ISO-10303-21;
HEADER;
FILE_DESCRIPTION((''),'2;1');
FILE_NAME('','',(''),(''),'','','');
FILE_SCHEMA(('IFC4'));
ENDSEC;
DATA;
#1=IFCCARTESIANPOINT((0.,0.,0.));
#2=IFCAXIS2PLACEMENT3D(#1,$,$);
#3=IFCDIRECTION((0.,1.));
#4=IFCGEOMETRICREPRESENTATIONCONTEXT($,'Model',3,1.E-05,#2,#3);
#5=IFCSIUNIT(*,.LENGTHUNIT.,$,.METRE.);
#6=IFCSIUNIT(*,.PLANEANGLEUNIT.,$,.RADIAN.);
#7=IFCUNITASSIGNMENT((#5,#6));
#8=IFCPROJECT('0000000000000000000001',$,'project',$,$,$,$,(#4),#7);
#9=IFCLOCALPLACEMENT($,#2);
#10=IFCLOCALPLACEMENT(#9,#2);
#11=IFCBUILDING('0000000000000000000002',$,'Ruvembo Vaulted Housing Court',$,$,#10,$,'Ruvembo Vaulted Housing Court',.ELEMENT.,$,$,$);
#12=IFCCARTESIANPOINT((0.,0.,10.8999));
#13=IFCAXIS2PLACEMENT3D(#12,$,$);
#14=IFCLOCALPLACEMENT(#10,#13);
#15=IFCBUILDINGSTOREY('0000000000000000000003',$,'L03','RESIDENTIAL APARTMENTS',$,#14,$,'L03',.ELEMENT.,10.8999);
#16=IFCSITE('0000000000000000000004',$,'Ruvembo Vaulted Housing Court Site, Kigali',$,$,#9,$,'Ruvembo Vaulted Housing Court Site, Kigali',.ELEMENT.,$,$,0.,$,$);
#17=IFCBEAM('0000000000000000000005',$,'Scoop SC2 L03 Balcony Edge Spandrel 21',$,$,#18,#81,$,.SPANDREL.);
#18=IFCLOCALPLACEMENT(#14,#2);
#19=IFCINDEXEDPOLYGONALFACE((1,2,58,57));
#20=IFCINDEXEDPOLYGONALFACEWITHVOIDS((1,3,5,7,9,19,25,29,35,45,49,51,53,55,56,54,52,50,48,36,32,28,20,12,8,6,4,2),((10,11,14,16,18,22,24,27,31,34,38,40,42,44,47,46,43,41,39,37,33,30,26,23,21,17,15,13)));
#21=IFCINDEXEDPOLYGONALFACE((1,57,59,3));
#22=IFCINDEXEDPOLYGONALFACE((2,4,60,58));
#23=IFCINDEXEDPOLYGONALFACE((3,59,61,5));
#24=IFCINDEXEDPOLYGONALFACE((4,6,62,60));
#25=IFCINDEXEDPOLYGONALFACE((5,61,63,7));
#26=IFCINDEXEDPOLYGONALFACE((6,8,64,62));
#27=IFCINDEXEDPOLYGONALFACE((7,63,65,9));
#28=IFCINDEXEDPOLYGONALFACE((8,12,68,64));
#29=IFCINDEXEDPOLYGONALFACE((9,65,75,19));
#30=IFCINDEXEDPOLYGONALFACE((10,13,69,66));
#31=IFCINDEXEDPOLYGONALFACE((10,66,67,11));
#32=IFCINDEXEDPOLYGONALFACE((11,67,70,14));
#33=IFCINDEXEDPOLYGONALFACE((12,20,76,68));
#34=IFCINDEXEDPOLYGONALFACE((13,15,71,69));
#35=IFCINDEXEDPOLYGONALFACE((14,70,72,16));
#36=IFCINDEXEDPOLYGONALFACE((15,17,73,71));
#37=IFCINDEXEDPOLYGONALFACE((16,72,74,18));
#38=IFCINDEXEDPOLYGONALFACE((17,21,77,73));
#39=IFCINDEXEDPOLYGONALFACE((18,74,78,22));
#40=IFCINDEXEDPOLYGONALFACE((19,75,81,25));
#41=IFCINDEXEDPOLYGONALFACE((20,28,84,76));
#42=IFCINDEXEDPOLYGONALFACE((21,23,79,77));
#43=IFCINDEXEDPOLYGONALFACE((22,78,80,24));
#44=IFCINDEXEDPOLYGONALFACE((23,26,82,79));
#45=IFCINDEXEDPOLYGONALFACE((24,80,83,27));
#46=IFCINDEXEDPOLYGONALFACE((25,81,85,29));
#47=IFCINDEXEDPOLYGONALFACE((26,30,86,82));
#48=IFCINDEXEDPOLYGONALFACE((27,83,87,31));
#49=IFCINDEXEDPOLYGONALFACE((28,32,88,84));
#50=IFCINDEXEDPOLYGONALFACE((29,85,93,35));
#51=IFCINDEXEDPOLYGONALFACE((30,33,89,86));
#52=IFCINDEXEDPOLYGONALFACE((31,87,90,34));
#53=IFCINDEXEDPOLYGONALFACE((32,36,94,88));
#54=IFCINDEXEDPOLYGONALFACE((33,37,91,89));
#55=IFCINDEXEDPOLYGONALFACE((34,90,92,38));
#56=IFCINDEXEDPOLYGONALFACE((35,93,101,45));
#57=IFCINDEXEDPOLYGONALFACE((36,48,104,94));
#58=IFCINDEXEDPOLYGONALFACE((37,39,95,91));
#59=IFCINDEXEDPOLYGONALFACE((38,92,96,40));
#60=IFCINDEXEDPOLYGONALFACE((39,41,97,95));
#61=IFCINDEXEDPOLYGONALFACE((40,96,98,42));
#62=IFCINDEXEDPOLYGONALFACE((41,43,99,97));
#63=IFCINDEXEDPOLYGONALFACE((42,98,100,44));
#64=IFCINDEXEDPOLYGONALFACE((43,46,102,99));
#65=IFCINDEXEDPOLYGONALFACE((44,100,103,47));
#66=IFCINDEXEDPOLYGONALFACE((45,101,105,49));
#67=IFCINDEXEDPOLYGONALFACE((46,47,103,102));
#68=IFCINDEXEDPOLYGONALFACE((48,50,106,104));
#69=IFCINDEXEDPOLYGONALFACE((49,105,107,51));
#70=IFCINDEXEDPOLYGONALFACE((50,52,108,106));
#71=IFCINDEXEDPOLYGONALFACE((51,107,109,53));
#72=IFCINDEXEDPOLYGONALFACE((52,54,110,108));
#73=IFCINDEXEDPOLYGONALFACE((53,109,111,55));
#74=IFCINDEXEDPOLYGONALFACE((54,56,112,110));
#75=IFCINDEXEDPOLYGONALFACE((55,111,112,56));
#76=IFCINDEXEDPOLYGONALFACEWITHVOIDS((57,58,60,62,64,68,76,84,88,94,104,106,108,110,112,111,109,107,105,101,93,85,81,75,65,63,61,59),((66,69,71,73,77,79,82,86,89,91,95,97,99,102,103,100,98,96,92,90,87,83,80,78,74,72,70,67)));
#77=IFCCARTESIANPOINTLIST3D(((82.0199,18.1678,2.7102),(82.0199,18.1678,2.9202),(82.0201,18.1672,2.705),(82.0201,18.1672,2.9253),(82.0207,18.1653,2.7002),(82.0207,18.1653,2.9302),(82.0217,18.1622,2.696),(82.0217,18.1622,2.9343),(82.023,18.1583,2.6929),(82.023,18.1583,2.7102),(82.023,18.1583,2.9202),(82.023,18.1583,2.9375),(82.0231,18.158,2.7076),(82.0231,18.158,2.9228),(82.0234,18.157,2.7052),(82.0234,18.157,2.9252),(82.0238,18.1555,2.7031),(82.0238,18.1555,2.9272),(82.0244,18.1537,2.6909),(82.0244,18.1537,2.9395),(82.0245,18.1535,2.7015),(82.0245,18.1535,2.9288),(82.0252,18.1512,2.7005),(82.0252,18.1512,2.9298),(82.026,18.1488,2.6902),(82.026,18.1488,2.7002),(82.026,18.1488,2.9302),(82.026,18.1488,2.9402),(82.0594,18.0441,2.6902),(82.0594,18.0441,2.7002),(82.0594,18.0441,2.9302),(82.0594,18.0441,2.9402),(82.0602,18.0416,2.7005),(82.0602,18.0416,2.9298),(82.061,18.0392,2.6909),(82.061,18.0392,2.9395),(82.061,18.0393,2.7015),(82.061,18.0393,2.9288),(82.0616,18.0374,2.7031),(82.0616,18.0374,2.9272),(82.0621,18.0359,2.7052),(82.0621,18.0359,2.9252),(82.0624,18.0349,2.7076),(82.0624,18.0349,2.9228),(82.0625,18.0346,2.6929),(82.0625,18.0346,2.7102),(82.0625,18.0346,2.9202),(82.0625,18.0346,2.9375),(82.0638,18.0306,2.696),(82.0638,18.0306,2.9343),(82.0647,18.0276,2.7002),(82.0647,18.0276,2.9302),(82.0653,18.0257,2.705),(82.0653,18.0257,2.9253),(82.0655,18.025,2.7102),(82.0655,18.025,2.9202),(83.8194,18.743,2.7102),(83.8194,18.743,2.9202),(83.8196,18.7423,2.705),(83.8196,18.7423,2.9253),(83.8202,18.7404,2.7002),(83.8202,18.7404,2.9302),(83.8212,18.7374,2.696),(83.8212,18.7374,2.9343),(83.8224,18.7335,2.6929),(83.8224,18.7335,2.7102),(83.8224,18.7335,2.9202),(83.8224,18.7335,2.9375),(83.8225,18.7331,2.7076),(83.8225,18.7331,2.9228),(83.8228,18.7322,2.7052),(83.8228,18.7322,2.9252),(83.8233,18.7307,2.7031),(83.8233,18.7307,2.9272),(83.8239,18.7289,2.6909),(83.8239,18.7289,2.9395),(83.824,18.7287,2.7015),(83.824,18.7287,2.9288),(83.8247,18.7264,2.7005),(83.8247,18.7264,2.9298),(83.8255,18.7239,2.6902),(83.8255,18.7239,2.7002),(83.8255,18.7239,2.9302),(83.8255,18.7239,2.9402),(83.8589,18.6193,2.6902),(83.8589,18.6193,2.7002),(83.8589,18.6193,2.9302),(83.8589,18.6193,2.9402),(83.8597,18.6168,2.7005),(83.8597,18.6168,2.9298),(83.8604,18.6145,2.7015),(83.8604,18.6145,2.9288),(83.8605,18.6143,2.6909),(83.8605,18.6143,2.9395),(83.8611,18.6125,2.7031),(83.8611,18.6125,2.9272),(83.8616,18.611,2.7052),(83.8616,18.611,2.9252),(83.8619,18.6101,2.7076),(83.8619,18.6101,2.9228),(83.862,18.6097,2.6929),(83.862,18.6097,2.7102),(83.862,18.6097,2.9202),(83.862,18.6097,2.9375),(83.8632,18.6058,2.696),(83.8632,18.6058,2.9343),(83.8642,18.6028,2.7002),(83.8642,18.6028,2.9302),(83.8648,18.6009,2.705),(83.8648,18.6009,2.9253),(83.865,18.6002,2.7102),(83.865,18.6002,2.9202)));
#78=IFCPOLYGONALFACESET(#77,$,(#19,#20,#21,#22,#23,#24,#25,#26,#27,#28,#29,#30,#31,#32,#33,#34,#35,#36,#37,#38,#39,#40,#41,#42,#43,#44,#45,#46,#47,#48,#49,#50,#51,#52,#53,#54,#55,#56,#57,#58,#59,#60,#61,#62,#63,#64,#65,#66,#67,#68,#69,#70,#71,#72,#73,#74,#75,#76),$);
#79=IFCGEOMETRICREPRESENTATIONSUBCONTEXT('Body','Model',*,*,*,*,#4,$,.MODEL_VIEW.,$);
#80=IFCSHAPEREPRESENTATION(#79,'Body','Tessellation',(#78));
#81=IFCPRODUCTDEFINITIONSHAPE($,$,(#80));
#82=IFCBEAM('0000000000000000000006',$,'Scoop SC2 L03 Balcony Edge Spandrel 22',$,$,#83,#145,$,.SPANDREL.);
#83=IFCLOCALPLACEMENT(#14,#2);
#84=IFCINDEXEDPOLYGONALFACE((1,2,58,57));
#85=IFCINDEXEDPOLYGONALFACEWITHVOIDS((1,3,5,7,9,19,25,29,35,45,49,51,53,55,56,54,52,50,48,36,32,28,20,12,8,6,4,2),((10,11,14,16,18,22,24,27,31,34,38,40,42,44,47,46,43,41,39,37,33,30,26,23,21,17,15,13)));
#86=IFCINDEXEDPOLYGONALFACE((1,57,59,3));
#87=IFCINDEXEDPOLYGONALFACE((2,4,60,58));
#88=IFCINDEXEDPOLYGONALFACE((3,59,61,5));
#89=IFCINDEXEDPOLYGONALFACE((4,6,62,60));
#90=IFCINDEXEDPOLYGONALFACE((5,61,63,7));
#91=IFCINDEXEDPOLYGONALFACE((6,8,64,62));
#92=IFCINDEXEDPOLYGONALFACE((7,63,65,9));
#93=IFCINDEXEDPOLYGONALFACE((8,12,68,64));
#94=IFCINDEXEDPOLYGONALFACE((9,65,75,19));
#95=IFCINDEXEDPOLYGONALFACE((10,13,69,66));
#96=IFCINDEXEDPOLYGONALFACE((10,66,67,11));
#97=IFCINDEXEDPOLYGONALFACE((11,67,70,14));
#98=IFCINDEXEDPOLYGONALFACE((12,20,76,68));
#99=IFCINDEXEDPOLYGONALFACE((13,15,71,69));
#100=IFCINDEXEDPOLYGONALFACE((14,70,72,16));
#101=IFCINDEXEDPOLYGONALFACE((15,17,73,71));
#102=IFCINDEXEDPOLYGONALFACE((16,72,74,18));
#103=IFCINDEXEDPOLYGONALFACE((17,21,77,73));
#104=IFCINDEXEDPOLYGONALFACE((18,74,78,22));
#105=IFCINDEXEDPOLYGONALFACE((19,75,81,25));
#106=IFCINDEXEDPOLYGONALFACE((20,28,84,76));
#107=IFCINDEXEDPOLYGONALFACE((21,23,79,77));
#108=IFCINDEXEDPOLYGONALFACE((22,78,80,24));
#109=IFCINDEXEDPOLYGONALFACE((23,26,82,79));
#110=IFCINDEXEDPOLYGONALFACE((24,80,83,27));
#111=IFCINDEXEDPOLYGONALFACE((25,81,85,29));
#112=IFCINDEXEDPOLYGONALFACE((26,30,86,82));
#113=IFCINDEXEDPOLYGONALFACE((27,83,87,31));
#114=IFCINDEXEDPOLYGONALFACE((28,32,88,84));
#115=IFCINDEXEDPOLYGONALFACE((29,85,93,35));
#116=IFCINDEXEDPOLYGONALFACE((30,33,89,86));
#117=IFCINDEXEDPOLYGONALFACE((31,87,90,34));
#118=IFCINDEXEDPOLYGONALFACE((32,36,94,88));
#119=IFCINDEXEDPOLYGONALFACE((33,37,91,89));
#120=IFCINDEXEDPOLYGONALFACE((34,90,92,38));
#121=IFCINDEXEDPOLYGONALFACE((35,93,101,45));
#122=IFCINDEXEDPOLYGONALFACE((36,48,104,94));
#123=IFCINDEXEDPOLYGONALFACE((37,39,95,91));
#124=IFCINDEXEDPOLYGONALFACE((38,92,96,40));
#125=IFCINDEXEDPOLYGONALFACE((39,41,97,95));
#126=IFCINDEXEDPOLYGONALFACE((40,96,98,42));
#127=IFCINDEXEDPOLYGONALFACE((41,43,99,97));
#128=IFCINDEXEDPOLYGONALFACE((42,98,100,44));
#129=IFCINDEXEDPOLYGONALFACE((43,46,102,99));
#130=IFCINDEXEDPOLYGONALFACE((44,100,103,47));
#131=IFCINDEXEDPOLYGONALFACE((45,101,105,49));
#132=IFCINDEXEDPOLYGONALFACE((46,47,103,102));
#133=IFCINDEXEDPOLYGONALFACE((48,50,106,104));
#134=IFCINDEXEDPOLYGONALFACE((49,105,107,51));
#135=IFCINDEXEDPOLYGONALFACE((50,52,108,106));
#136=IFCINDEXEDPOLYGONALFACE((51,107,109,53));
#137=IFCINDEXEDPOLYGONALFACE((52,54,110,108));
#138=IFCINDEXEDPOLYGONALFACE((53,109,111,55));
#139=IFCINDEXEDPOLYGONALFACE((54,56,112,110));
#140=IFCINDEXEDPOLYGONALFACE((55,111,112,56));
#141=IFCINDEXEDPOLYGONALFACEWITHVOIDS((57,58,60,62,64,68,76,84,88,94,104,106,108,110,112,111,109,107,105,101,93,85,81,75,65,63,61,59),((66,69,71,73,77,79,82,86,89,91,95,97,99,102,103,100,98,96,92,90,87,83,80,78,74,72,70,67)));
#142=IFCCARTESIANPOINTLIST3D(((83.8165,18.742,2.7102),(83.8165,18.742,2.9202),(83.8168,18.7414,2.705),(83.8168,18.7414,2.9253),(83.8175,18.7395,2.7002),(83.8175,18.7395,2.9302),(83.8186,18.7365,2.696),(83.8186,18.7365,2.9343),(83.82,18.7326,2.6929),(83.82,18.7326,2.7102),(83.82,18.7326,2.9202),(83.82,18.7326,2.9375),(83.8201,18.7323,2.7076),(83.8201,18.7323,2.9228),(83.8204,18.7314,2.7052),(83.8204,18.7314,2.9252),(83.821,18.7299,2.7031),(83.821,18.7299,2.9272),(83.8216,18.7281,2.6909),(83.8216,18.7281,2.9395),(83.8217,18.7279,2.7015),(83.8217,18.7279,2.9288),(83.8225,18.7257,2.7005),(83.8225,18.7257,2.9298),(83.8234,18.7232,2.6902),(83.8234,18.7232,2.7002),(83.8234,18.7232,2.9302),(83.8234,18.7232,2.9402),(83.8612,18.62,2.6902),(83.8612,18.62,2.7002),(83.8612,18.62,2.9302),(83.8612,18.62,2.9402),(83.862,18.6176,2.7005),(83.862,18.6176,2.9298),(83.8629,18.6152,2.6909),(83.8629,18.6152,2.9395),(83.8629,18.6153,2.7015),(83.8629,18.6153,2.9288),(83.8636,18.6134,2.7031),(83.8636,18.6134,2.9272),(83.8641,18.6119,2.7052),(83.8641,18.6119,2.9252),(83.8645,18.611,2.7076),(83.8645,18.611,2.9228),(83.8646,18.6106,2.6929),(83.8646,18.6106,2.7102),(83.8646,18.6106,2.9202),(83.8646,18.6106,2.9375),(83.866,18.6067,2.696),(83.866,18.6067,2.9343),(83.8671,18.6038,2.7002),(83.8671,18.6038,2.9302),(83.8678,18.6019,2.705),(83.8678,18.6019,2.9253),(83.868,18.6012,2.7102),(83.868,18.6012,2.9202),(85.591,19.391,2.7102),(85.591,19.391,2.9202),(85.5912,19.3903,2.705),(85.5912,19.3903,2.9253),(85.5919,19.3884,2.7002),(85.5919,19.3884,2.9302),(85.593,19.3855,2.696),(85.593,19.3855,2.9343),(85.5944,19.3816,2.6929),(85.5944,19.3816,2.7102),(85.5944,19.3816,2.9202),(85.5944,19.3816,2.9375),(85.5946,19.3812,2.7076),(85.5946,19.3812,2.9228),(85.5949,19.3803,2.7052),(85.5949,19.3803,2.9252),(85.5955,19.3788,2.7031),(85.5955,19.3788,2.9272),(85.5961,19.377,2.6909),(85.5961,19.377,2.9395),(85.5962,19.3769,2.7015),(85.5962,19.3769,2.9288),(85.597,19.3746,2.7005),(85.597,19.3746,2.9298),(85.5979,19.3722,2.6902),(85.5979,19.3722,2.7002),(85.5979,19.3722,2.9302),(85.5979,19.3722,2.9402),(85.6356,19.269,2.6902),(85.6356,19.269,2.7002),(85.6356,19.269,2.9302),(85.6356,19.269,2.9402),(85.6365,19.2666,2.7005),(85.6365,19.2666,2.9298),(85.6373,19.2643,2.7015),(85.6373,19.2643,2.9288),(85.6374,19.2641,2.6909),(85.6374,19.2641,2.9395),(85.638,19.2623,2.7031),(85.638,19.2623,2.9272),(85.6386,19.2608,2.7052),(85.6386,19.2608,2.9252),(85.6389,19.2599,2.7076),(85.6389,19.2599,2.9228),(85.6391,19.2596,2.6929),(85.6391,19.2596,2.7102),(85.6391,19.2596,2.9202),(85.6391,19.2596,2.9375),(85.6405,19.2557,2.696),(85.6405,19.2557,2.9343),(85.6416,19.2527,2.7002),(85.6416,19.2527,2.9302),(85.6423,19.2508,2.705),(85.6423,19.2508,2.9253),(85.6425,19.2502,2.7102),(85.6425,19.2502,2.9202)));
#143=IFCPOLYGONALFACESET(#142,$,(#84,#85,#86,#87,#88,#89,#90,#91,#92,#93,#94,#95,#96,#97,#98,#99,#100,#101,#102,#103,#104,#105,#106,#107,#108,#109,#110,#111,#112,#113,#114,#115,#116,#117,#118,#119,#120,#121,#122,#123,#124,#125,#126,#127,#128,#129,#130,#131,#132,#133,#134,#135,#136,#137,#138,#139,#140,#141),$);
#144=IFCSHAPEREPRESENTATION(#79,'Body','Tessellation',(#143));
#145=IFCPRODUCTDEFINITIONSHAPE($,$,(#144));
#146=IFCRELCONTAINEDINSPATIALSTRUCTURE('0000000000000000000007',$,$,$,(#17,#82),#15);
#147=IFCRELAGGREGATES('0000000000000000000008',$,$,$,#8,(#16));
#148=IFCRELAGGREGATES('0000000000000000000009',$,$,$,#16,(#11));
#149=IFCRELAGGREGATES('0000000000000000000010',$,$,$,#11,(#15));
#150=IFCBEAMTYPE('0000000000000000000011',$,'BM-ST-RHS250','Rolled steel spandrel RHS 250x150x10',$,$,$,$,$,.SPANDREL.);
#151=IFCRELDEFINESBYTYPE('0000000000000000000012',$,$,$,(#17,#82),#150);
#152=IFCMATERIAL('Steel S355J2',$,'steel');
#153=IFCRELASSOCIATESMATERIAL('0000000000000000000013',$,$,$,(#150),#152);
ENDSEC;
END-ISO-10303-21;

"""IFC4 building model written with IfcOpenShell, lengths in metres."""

from ifc_helpers import new_model, si_unit, direction, frame, origin, origin_2d, place, context, subcontext, project, spatial, hollow_rectangle, extrude, material, material_profile, profile_set, type_object, element, save


model = new_model("IFC4")

# Units and contexts
model_context = context("Model", 3, precision=1e-05, world=origin(), true_north=direction((0.0, 1.0)))
body_context = subcontext(model_context, "Body", "Model", "MODEL_VIEW")
ifc_project = project(units=[si_unit("LENGTHUNIT", "METRE"), si_unit("PLANEANGLEUNIT", "RADIAN")], contexts=[model_context])

# Site, building, storey
site_placement = place(None, origin())
site = spatial("IfcSite", under=ifc_project, at=site_placement, Name="Ruvembo Vaulted Housing Court Site, Kigali", LongName="Ruvembo Vaulted Housing Court Site, Kigali", CompositionType="ELEMENT", RefElevation=0.0)
building_placement = place(site_placement, origin())
building = spatial("IfcBuilding", under=site, at=building_placement, Name="Ruvembo Vaulted Housing Court", LongName="Ruvembo Vaulted Housing Court", CompositionType="ELEMENT")
storey_placement = place(building_placement, frame((0.0, 0.0, 10.8999)))
storey = spatial("IfcBuildingStorey", under=building, at=storey_placement, Name="L03", Description="RESIDENTIAL APARTMENTS", LongName="L03", CompositionType="ELEMENT", Elevation=10.8999)

# Beams
ifc_material_1 = material(Name="Steel S355J2", Category="steel")
ifc_material_profile_1 = material_profile(ifc_material_1, hollow_rectangle(XDim=0.1499, YDim=0.25, WallThickness=0.01, InnerFilletRadius=0.01, OuterFilletRadius=0.02, at=origin_2d()), Name="RHS 250x150x10")
ifc_profile_set_1 = profile_set([ifc_material_profile_1], Name="Steel S355J2")
beam_type = type_object("IfcBeamType", Name="BM-ST-RHS250", Description="Rolled steel spandrel RHS 250x150x10", PredefinedType="SPANDREL", material=ifc_profile_set_1)
beam_1_placement = place(storey_placement, frame((82.0427, 18.0964, 2.8152), z_axis=(0.952526, 0.304457, 0.0), x_axis=(-0.304457, 0.952526, 0.0)))
element("IfcBeam", 1, at=beam_1_placement, inside=storey, type_object=beam_type, Name="Scoop SC2 L03 Balcony Edge Spandrel 21", PredefinedType="SPANDREL", context=body_context, shape_type="SweptSolid", body=[
    extrude(hollow_rectangle(XDim=0.1499, YDim=0.25, WallThickness=0.01, InnerFilletRadius=0.01, OuterFilletRadius=0.02, at=origin_2d()), origin(), (0.0, 0.0, 1.0), 1.8892),
])
beam_2_placement = place(storey_placement, frame((83.8423, 18.6716, 2.8152), z_axis=(0.939166, 0.343465, 0.0), x_axis=(-0.343465, 0.939166, 0.0)))
element("IfcBeam", 2, at=beam_2_placement, inside=storey, type_object=beam_type, Name="Scoop SC2 L03 Balcony Edge Spandrel 22", PredefinedType="SPANDREL", context=body_context, shape_type="SweptSolid", body=[
    extrude(hollow_rectangle(XDim=0.1499, YDim=0.25, WallThickness=0.01, InnerFilletRadius=0.01, OuterFilletRadius=0.02, at=origin_2d()), origin(), (0.0, 0.0, 1.0), 1.8894),
])

save(model, "model.ifc")
